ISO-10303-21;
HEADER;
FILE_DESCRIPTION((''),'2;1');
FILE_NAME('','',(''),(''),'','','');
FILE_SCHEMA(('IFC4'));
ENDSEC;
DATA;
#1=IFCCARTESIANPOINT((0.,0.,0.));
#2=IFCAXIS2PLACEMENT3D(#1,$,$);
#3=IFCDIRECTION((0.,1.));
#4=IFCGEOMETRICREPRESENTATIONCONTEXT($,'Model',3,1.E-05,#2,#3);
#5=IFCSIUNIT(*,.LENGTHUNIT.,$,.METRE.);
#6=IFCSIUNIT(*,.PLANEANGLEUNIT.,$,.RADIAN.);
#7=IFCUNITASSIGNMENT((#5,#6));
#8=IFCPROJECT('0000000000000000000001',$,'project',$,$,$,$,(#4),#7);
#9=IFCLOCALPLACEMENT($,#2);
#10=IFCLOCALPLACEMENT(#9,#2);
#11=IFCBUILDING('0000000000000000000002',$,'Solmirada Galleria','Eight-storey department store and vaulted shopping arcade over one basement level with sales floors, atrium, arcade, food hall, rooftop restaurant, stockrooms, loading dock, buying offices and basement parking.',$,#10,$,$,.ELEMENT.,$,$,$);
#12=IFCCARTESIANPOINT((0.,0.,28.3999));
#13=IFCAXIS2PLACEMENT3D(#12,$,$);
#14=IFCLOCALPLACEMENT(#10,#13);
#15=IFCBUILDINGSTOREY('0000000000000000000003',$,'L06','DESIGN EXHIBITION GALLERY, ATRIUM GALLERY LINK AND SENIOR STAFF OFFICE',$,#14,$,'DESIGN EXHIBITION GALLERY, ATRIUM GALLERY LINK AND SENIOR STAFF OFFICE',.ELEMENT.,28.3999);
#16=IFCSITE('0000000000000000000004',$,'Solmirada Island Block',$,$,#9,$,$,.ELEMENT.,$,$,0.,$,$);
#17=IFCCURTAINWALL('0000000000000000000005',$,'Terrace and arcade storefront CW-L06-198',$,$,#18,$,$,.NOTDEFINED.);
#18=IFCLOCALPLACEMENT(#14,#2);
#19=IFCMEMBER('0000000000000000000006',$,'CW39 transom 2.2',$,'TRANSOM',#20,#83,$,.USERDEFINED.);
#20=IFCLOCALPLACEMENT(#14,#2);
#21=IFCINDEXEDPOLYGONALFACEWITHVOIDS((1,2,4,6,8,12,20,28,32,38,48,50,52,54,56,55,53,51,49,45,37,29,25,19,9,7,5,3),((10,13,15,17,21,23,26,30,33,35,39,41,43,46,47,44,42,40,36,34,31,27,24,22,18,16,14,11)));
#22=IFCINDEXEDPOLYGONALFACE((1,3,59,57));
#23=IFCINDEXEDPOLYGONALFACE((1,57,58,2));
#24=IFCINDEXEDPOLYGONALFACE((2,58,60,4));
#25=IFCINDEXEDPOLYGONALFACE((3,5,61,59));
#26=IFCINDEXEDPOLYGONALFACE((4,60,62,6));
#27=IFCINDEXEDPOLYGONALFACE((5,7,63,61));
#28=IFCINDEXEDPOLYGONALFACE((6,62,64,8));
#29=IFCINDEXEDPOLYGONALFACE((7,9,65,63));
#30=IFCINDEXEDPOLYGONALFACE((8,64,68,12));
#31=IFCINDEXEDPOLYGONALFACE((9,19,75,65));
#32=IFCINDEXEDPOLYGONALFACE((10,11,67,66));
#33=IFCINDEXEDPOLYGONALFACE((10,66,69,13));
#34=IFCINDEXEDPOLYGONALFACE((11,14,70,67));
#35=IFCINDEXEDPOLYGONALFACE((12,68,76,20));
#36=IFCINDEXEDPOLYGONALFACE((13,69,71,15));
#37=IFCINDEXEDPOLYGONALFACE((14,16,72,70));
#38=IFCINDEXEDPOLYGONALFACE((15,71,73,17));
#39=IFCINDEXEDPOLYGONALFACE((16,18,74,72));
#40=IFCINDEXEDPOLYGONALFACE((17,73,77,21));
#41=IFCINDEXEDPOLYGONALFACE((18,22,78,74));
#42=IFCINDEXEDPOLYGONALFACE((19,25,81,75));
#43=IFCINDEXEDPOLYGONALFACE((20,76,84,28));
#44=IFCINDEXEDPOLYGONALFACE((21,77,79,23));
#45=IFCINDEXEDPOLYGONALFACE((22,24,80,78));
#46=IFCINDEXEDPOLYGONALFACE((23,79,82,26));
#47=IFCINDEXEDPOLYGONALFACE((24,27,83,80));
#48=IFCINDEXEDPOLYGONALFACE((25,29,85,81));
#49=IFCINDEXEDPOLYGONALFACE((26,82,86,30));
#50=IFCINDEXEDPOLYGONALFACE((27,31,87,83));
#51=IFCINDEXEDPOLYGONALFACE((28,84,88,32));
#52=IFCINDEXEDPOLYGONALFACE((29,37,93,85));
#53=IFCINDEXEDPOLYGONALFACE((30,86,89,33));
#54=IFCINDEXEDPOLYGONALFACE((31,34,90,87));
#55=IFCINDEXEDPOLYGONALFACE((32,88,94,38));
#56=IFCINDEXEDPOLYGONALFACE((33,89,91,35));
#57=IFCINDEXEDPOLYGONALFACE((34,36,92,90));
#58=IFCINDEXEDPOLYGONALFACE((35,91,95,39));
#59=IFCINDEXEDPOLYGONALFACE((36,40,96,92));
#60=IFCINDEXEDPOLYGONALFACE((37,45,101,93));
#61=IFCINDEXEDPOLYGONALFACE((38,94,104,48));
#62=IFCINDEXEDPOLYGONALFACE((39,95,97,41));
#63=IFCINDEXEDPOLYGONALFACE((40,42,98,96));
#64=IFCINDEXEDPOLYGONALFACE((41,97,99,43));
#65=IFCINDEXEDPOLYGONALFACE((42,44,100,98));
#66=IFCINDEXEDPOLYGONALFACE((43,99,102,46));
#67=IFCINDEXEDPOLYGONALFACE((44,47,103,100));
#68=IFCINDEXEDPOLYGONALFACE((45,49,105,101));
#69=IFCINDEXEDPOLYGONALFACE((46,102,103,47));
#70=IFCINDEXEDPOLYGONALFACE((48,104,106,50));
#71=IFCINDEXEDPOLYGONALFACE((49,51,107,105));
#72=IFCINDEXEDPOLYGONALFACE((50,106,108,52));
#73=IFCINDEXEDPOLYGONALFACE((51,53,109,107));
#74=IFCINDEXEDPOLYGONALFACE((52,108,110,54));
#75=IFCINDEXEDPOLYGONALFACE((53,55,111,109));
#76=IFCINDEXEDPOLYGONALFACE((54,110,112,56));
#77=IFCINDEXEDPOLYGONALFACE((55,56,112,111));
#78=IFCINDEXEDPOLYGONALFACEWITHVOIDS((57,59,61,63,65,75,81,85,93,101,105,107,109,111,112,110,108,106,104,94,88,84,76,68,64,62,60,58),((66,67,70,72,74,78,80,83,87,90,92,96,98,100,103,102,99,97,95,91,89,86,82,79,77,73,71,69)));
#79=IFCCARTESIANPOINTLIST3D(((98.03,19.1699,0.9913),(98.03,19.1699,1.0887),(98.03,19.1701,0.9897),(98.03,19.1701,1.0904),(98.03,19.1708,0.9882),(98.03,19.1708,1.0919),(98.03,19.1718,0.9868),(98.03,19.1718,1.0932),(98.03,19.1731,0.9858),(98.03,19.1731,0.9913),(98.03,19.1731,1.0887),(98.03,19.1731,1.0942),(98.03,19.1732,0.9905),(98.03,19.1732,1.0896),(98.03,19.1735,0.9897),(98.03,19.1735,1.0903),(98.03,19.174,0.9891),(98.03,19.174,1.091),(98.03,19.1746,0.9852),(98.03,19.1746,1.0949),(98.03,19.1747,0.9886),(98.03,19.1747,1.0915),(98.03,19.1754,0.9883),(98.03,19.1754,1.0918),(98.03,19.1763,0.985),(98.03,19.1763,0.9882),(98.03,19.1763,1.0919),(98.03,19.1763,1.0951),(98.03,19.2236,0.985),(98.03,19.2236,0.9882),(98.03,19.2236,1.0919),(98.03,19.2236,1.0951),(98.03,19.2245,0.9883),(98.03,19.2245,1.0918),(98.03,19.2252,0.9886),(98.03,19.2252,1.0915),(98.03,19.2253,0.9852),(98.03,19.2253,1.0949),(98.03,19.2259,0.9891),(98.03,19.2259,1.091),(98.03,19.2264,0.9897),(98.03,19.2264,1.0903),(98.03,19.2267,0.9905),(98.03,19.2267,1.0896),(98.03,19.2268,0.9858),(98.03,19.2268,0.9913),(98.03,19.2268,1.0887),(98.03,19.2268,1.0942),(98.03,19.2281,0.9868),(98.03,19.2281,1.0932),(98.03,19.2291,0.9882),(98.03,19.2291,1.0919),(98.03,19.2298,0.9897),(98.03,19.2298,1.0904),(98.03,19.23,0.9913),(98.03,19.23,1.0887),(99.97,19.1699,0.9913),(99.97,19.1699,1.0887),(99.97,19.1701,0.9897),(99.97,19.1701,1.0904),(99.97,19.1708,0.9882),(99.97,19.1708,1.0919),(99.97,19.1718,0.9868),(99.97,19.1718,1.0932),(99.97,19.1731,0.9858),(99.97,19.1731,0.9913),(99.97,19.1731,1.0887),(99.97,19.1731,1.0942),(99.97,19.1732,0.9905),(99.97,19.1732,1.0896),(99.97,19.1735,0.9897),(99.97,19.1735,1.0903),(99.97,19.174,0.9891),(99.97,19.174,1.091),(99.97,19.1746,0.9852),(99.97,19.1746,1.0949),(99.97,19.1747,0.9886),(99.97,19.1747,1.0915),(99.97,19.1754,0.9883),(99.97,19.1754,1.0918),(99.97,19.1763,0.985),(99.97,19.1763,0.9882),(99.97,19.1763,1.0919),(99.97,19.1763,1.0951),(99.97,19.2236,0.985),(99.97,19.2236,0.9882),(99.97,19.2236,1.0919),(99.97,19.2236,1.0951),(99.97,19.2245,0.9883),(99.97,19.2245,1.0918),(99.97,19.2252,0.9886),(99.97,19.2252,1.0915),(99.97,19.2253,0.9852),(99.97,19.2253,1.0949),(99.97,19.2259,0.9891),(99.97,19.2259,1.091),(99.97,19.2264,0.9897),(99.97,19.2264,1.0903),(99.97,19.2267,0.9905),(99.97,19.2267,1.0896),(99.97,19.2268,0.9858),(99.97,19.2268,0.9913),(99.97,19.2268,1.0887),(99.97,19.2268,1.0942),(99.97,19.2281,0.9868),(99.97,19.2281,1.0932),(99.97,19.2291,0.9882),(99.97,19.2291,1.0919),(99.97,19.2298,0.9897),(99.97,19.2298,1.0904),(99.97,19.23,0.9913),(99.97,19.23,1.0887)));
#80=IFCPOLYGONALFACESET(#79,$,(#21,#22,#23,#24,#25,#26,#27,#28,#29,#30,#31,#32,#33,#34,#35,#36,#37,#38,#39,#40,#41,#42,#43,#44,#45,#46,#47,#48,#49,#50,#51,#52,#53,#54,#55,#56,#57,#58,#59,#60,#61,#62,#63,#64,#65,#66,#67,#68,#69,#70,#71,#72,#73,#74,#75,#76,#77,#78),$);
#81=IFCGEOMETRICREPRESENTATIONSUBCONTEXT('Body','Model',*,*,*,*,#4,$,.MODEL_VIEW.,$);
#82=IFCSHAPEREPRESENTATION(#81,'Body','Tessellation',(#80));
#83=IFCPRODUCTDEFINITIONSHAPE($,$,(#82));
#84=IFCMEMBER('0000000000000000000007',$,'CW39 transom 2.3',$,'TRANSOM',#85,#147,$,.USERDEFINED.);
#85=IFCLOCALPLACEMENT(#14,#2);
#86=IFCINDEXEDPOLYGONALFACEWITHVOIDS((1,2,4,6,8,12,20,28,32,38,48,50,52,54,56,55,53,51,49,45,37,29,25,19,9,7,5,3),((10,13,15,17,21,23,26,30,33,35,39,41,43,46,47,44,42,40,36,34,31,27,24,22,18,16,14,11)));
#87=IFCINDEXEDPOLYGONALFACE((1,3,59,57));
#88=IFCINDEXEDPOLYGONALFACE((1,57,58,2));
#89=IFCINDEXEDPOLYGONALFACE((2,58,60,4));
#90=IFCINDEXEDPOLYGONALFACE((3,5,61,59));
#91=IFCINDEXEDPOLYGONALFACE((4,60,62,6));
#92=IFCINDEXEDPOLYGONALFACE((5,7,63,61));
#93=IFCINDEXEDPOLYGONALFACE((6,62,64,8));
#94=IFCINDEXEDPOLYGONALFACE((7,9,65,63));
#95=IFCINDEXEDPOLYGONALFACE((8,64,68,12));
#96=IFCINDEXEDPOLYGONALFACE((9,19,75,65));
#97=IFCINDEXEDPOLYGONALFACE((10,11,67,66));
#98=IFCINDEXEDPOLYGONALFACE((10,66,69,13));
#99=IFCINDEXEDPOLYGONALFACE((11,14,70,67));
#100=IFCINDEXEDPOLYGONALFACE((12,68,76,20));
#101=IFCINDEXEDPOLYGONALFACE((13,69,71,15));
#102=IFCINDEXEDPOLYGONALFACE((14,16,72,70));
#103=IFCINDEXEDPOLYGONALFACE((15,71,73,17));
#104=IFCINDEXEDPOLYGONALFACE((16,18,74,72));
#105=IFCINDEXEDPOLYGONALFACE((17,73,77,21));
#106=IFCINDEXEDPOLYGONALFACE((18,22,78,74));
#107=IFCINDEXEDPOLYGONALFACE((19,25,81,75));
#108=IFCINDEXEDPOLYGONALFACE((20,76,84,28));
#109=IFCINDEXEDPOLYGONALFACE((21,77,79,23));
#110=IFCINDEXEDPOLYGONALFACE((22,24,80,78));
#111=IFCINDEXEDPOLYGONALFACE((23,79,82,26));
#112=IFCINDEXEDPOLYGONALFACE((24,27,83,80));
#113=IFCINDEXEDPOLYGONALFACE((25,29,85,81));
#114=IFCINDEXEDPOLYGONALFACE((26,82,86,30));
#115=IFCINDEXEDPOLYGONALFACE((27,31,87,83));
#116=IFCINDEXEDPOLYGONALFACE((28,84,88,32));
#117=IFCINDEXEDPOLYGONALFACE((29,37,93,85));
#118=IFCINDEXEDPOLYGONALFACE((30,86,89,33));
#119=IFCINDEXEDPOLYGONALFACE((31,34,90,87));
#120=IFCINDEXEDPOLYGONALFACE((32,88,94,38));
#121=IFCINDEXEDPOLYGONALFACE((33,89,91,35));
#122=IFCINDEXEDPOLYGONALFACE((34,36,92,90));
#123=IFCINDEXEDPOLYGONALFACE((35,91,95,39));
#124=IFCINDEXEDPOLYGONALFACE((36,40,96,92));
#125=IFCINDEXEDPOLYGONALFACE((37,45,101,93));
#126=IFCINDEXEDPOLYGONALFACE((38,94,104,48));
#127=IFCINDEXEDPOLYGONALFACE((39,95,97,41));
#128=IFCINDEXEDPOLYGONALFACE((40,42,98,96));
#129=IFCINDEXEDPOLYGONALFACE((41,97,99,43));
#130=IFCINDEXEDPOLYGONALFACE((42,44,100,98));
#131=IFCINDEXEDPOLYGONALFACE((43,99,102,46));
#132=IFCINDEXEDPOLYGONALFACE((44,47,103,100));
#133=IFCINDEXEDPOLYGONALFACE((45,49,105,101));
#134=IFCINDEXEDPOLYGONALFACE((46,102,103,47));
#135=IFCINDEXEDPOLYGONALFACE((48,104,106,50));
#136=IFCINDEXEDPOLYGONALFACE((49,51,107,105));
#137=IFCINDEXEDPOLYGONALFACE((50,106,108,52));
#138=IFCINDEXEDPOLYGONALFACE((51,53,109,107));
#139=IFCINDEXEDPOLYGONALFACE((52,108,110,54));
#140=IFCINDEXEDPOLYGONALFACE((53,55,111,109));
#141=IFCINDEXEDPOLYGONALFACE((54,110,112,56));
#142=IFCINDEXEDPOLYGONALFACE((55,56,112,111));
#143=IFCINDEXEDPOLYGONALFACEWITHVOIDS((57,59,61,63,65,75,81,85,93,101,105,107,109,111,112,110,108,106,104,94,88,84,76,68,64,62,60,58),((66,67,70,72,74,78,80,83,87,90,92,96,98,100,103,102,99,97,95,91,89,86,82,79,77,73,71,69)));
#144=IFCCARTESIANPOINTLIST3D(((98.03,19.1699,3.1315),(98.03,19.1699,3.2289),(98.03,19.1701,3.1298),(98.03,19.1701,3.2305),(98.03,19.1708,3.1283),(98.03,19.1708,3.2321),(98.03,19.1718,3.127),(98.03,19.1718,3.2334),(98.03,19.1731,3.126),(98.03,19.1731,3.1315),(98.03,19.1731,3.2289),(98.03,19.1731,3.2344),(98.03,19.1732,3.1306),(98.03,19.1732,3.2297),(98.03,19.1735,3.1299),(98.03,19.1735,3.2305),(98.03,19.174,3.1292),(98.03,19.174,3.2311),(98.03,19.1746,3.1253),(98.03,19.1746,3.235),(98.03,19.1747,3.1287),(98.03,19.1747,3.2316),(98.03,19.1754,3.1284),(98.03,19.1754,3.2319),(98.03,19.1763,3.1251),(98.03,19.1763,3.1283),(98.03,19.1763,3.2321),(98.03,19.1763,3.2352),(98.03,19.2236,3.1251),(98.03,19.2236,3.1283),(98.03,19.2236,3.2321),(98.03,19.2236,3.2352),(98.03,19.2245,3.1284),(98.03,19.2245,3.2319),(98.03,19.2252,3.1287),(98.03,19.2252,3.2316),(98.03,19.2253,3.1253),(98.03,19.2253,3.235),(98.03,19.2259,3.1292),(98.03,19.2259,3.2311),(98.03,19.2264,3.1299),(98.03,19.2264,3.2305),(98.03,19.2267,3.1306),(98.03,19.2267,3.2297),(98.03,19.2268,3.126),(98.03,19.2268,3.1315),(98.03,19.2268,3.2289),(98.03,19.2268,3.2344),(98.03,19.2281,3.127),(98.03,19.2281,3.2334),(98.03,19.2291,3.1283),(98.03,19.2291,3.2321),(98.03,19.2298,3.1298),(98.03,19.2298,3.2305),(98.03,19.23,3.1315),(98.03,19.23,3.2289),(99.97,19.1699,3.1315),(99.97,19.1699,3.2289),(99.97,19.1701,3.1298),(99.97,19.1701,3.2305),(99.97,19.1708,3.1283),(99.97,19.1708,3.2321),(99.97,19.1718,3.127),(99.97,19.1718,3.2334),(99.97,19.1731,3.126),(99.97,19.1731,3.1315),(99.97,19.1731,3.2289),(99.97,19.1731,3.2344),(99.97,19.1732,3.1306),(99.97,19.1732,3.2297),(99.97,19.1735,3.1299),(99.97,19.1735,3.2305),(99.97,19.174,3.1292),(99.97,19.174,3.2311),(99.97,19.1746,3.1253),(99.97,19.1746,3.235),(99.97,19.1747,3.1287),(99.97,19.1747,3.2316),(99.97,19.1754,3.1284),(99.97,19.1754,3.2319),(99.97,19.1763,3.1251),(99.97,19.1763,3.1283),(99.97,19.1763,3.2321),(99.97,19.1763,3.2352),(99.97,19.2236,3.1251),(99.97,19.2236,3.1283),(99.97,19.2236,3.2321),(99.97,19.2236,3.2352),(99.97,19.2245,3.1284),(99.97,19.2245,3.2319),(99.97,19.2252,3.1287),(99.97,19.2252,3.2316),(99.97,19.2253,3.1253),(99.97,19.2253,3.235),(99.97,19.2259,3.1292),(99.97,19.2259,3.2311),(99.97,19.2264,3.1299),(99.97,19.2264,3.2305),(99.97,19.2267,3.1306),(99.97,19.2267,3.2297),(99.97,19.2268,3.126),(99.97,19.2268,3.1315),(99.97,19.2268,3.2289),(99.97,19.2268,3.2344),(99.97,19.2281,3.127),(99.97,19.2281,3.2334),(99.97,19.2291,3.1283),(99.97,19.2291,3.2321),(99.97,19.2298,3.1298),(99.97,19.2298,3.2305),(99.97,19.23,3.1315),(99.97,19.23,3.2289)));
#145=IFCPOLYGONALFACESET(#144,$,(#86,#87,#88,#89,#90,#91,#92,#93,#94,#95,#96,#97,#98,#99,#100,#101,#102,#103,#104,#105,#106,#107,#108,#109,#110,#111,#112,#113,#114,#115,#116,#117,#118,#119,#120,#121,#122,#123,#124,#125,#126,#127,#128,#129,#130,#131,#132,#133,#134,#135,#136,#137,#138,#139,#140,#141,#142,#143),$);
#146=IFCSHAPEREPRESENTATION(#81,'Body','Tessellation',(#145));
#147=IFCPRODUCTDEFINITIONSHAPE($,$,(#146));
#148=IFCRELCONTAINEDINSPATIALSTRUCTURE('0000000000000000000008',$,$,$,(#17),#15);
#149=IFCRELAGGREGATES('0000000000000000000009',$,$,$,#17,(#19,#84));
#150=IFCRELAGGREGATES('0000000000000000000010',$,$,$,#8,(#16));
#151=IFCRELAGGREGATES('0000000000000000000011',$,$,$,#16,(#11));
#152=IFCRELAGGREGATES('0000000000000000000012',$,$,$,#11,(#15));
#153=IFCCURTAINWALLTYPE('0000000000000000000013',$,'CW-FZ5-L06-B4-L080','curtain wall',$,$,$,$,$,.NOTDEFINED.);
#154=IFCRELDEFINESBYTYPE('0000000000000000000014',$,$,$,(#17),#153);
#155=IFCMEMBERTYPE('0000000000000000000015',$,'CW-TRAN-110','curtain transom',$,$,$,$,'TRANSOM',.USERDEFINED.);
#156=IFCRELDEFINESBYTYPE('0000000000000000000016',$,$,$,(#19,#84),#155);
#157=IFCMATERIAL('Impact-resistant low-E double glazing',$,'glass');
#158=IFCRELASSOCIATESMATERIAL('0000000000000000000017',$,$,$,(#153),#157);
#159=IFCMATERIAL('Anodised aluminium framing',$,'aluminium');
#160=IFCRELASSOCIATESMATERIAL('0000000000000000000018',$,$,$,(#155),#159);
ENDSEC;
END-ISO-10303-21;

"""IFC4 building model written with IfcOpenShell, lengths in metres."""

from ifc_helpers import new_model, si_unit, direction, frame, origin, origin_2d, place, context, subcontext, project, spatial, hollow_rectangle, extrude, material, material_profile, profile_set, type_object, element, aggregate, save


model = new_model("IFC4")

# Units and contexts
model_context = context("Model", 3, precision=1e-05, world=origin(), true_north=direction((0.0, 1.0)))
body_context = subcontext(model_context, "Body", "Model", "MODEL_VIEW")
ifc_project = project(units=[si_unit("LENGTHUNIT", "METRE"), si_unit("PLANEANGLEUNIT", "RADIAN")], contexts=[model_context])

# Site, building, storey
site_placement = place(None, origin())
site = spatial("IfcSite", under=ifc_project, at=site_placement, Name="Solmirada Island Block", CompositionType="ELEMENT", RefElevation=0.0)
building_placement = place(site_placement, origin())
building = spatial("IfcBuilding", under=site, at=building_placement, Name="Solmirada Galleria", Description="Eight-storey department store and vaulted shopping arcade over one basement level with sales floors, atrium, arcade, food hall, rooftop restaurant, stockrooms, loading dock, buying offices and basement parking.", CompositionType="ELEMENT")
storey_placement = place(building_placement, frame((0.0, 0.0, 28.3999)))
storey = spatial("IfcBuildingStorey", under=building, at=storey_placement, Name="L06", Description="DESIGN EXHIBITION GALLERY, ATRIUM GALLERY LINK AND SENIOR STAFF OFFICE", LongName="DESIGN EXHIBITION GALLERY, ATRIUM GALLERY LINK AND SENIOR STAFF OFFICE", CompositionType="ELEMENT", Elevation=28.3999)

# Curtain wall
ifc_material_1 = material(Name="Impact-resistant low-E double glazing", Category="glass")
curtain_wall_type = type_object("IfcCurtainWallType", Name="CW-FZ5-L06-B4-L080", Description="curtain wall", PredefinedType="NOTDEFINED", material=ifc_material_1)
curtain_wall_1_placement = place(storey_placement, origin())
curtain_wall_1 = element("IfcCurtainWall", 1, at=curtain_wall_1_placement, inside=storey, type_object=curtain_wall_type, Name="Terrace and arcade storefront CW-L06-198", PredefinedType="NOTDEFINED")
ifc_material_2 = material(Name="Anodised aluminium framing", Category="aluminium")

# Members
ifc_material_profile_1 = material_profile(ifc_material_2, hollow_rectangle(XDim=0.0601, YDim=0.1101, WallThickness=0.0032, InnerFilletRadius=0.0032, OuterFilletRadius=0.0063, at=origin_2d()), Name="ALU-TRAN-110X60")
ifc_profile_set_1 = profile_set([ifc_material_profile_1], Name="Anodised aluminium framing")
member_type_1 = type_object("IfcMemberType", Name="CW-TRAN-110", Description="curtain transom", ElementType="TRANSOM", PredefinedType="USERDEFINED", material=ifc_profile_set_1)
member_1_placement = place(storey_placement, frame((98.03, 19.2, 1.04), z_axis=(1.0, 0.0, 0.0), x_axis=(0.0, 1.0, 0.0)))
member_1 = element("IfcMember", 2, at=member_1_placement, type_object=member_type_1, Name="CW39 transom 2.2", ObjectType="TRANSOM", PredefinedType="USERDEFINED", context=body_context, shape_type="SweptSolid", body=[
    extrude(hollow_rectangle(XDim=0.0601, YDim=0.1101, WallThickness=0.0032, InnerFilletRadius=0.0032, OuterFilletRadius=0.0063, at=origin_2d()), origin(), (0.0, 0.0, 1.0), 1.9399),
])
member_2_placement = place(storey_placement, frame((98.03, 19.2, 3.1802), z_axis=(1.0, 0.0, 0.0), x_axis=(0.0, 1.0, 0.0)))
member_2 = element("IfcMember", 3, at=member_2_placement, type_object=member_type_1, Name="CW39 transom 2.3", ObjectType="TRANSOM", PredefinedType="USERDEFINED", context=body_context, shape_type="SweptSolid", body=[
    extrude(hollow_rectangle(XDim=0.0601, YDim=0.1101, WallThickness=0.0032, InnerFilletRadius=0.0032, OuterFilletRadius=0.0063, at=origin_2d()), origin(), (0.0, 0.0, 1.0), 1.9399),
])

aggregate(curtain_wall_1, [member_1, member_2])

save(model, "model.ifc")
